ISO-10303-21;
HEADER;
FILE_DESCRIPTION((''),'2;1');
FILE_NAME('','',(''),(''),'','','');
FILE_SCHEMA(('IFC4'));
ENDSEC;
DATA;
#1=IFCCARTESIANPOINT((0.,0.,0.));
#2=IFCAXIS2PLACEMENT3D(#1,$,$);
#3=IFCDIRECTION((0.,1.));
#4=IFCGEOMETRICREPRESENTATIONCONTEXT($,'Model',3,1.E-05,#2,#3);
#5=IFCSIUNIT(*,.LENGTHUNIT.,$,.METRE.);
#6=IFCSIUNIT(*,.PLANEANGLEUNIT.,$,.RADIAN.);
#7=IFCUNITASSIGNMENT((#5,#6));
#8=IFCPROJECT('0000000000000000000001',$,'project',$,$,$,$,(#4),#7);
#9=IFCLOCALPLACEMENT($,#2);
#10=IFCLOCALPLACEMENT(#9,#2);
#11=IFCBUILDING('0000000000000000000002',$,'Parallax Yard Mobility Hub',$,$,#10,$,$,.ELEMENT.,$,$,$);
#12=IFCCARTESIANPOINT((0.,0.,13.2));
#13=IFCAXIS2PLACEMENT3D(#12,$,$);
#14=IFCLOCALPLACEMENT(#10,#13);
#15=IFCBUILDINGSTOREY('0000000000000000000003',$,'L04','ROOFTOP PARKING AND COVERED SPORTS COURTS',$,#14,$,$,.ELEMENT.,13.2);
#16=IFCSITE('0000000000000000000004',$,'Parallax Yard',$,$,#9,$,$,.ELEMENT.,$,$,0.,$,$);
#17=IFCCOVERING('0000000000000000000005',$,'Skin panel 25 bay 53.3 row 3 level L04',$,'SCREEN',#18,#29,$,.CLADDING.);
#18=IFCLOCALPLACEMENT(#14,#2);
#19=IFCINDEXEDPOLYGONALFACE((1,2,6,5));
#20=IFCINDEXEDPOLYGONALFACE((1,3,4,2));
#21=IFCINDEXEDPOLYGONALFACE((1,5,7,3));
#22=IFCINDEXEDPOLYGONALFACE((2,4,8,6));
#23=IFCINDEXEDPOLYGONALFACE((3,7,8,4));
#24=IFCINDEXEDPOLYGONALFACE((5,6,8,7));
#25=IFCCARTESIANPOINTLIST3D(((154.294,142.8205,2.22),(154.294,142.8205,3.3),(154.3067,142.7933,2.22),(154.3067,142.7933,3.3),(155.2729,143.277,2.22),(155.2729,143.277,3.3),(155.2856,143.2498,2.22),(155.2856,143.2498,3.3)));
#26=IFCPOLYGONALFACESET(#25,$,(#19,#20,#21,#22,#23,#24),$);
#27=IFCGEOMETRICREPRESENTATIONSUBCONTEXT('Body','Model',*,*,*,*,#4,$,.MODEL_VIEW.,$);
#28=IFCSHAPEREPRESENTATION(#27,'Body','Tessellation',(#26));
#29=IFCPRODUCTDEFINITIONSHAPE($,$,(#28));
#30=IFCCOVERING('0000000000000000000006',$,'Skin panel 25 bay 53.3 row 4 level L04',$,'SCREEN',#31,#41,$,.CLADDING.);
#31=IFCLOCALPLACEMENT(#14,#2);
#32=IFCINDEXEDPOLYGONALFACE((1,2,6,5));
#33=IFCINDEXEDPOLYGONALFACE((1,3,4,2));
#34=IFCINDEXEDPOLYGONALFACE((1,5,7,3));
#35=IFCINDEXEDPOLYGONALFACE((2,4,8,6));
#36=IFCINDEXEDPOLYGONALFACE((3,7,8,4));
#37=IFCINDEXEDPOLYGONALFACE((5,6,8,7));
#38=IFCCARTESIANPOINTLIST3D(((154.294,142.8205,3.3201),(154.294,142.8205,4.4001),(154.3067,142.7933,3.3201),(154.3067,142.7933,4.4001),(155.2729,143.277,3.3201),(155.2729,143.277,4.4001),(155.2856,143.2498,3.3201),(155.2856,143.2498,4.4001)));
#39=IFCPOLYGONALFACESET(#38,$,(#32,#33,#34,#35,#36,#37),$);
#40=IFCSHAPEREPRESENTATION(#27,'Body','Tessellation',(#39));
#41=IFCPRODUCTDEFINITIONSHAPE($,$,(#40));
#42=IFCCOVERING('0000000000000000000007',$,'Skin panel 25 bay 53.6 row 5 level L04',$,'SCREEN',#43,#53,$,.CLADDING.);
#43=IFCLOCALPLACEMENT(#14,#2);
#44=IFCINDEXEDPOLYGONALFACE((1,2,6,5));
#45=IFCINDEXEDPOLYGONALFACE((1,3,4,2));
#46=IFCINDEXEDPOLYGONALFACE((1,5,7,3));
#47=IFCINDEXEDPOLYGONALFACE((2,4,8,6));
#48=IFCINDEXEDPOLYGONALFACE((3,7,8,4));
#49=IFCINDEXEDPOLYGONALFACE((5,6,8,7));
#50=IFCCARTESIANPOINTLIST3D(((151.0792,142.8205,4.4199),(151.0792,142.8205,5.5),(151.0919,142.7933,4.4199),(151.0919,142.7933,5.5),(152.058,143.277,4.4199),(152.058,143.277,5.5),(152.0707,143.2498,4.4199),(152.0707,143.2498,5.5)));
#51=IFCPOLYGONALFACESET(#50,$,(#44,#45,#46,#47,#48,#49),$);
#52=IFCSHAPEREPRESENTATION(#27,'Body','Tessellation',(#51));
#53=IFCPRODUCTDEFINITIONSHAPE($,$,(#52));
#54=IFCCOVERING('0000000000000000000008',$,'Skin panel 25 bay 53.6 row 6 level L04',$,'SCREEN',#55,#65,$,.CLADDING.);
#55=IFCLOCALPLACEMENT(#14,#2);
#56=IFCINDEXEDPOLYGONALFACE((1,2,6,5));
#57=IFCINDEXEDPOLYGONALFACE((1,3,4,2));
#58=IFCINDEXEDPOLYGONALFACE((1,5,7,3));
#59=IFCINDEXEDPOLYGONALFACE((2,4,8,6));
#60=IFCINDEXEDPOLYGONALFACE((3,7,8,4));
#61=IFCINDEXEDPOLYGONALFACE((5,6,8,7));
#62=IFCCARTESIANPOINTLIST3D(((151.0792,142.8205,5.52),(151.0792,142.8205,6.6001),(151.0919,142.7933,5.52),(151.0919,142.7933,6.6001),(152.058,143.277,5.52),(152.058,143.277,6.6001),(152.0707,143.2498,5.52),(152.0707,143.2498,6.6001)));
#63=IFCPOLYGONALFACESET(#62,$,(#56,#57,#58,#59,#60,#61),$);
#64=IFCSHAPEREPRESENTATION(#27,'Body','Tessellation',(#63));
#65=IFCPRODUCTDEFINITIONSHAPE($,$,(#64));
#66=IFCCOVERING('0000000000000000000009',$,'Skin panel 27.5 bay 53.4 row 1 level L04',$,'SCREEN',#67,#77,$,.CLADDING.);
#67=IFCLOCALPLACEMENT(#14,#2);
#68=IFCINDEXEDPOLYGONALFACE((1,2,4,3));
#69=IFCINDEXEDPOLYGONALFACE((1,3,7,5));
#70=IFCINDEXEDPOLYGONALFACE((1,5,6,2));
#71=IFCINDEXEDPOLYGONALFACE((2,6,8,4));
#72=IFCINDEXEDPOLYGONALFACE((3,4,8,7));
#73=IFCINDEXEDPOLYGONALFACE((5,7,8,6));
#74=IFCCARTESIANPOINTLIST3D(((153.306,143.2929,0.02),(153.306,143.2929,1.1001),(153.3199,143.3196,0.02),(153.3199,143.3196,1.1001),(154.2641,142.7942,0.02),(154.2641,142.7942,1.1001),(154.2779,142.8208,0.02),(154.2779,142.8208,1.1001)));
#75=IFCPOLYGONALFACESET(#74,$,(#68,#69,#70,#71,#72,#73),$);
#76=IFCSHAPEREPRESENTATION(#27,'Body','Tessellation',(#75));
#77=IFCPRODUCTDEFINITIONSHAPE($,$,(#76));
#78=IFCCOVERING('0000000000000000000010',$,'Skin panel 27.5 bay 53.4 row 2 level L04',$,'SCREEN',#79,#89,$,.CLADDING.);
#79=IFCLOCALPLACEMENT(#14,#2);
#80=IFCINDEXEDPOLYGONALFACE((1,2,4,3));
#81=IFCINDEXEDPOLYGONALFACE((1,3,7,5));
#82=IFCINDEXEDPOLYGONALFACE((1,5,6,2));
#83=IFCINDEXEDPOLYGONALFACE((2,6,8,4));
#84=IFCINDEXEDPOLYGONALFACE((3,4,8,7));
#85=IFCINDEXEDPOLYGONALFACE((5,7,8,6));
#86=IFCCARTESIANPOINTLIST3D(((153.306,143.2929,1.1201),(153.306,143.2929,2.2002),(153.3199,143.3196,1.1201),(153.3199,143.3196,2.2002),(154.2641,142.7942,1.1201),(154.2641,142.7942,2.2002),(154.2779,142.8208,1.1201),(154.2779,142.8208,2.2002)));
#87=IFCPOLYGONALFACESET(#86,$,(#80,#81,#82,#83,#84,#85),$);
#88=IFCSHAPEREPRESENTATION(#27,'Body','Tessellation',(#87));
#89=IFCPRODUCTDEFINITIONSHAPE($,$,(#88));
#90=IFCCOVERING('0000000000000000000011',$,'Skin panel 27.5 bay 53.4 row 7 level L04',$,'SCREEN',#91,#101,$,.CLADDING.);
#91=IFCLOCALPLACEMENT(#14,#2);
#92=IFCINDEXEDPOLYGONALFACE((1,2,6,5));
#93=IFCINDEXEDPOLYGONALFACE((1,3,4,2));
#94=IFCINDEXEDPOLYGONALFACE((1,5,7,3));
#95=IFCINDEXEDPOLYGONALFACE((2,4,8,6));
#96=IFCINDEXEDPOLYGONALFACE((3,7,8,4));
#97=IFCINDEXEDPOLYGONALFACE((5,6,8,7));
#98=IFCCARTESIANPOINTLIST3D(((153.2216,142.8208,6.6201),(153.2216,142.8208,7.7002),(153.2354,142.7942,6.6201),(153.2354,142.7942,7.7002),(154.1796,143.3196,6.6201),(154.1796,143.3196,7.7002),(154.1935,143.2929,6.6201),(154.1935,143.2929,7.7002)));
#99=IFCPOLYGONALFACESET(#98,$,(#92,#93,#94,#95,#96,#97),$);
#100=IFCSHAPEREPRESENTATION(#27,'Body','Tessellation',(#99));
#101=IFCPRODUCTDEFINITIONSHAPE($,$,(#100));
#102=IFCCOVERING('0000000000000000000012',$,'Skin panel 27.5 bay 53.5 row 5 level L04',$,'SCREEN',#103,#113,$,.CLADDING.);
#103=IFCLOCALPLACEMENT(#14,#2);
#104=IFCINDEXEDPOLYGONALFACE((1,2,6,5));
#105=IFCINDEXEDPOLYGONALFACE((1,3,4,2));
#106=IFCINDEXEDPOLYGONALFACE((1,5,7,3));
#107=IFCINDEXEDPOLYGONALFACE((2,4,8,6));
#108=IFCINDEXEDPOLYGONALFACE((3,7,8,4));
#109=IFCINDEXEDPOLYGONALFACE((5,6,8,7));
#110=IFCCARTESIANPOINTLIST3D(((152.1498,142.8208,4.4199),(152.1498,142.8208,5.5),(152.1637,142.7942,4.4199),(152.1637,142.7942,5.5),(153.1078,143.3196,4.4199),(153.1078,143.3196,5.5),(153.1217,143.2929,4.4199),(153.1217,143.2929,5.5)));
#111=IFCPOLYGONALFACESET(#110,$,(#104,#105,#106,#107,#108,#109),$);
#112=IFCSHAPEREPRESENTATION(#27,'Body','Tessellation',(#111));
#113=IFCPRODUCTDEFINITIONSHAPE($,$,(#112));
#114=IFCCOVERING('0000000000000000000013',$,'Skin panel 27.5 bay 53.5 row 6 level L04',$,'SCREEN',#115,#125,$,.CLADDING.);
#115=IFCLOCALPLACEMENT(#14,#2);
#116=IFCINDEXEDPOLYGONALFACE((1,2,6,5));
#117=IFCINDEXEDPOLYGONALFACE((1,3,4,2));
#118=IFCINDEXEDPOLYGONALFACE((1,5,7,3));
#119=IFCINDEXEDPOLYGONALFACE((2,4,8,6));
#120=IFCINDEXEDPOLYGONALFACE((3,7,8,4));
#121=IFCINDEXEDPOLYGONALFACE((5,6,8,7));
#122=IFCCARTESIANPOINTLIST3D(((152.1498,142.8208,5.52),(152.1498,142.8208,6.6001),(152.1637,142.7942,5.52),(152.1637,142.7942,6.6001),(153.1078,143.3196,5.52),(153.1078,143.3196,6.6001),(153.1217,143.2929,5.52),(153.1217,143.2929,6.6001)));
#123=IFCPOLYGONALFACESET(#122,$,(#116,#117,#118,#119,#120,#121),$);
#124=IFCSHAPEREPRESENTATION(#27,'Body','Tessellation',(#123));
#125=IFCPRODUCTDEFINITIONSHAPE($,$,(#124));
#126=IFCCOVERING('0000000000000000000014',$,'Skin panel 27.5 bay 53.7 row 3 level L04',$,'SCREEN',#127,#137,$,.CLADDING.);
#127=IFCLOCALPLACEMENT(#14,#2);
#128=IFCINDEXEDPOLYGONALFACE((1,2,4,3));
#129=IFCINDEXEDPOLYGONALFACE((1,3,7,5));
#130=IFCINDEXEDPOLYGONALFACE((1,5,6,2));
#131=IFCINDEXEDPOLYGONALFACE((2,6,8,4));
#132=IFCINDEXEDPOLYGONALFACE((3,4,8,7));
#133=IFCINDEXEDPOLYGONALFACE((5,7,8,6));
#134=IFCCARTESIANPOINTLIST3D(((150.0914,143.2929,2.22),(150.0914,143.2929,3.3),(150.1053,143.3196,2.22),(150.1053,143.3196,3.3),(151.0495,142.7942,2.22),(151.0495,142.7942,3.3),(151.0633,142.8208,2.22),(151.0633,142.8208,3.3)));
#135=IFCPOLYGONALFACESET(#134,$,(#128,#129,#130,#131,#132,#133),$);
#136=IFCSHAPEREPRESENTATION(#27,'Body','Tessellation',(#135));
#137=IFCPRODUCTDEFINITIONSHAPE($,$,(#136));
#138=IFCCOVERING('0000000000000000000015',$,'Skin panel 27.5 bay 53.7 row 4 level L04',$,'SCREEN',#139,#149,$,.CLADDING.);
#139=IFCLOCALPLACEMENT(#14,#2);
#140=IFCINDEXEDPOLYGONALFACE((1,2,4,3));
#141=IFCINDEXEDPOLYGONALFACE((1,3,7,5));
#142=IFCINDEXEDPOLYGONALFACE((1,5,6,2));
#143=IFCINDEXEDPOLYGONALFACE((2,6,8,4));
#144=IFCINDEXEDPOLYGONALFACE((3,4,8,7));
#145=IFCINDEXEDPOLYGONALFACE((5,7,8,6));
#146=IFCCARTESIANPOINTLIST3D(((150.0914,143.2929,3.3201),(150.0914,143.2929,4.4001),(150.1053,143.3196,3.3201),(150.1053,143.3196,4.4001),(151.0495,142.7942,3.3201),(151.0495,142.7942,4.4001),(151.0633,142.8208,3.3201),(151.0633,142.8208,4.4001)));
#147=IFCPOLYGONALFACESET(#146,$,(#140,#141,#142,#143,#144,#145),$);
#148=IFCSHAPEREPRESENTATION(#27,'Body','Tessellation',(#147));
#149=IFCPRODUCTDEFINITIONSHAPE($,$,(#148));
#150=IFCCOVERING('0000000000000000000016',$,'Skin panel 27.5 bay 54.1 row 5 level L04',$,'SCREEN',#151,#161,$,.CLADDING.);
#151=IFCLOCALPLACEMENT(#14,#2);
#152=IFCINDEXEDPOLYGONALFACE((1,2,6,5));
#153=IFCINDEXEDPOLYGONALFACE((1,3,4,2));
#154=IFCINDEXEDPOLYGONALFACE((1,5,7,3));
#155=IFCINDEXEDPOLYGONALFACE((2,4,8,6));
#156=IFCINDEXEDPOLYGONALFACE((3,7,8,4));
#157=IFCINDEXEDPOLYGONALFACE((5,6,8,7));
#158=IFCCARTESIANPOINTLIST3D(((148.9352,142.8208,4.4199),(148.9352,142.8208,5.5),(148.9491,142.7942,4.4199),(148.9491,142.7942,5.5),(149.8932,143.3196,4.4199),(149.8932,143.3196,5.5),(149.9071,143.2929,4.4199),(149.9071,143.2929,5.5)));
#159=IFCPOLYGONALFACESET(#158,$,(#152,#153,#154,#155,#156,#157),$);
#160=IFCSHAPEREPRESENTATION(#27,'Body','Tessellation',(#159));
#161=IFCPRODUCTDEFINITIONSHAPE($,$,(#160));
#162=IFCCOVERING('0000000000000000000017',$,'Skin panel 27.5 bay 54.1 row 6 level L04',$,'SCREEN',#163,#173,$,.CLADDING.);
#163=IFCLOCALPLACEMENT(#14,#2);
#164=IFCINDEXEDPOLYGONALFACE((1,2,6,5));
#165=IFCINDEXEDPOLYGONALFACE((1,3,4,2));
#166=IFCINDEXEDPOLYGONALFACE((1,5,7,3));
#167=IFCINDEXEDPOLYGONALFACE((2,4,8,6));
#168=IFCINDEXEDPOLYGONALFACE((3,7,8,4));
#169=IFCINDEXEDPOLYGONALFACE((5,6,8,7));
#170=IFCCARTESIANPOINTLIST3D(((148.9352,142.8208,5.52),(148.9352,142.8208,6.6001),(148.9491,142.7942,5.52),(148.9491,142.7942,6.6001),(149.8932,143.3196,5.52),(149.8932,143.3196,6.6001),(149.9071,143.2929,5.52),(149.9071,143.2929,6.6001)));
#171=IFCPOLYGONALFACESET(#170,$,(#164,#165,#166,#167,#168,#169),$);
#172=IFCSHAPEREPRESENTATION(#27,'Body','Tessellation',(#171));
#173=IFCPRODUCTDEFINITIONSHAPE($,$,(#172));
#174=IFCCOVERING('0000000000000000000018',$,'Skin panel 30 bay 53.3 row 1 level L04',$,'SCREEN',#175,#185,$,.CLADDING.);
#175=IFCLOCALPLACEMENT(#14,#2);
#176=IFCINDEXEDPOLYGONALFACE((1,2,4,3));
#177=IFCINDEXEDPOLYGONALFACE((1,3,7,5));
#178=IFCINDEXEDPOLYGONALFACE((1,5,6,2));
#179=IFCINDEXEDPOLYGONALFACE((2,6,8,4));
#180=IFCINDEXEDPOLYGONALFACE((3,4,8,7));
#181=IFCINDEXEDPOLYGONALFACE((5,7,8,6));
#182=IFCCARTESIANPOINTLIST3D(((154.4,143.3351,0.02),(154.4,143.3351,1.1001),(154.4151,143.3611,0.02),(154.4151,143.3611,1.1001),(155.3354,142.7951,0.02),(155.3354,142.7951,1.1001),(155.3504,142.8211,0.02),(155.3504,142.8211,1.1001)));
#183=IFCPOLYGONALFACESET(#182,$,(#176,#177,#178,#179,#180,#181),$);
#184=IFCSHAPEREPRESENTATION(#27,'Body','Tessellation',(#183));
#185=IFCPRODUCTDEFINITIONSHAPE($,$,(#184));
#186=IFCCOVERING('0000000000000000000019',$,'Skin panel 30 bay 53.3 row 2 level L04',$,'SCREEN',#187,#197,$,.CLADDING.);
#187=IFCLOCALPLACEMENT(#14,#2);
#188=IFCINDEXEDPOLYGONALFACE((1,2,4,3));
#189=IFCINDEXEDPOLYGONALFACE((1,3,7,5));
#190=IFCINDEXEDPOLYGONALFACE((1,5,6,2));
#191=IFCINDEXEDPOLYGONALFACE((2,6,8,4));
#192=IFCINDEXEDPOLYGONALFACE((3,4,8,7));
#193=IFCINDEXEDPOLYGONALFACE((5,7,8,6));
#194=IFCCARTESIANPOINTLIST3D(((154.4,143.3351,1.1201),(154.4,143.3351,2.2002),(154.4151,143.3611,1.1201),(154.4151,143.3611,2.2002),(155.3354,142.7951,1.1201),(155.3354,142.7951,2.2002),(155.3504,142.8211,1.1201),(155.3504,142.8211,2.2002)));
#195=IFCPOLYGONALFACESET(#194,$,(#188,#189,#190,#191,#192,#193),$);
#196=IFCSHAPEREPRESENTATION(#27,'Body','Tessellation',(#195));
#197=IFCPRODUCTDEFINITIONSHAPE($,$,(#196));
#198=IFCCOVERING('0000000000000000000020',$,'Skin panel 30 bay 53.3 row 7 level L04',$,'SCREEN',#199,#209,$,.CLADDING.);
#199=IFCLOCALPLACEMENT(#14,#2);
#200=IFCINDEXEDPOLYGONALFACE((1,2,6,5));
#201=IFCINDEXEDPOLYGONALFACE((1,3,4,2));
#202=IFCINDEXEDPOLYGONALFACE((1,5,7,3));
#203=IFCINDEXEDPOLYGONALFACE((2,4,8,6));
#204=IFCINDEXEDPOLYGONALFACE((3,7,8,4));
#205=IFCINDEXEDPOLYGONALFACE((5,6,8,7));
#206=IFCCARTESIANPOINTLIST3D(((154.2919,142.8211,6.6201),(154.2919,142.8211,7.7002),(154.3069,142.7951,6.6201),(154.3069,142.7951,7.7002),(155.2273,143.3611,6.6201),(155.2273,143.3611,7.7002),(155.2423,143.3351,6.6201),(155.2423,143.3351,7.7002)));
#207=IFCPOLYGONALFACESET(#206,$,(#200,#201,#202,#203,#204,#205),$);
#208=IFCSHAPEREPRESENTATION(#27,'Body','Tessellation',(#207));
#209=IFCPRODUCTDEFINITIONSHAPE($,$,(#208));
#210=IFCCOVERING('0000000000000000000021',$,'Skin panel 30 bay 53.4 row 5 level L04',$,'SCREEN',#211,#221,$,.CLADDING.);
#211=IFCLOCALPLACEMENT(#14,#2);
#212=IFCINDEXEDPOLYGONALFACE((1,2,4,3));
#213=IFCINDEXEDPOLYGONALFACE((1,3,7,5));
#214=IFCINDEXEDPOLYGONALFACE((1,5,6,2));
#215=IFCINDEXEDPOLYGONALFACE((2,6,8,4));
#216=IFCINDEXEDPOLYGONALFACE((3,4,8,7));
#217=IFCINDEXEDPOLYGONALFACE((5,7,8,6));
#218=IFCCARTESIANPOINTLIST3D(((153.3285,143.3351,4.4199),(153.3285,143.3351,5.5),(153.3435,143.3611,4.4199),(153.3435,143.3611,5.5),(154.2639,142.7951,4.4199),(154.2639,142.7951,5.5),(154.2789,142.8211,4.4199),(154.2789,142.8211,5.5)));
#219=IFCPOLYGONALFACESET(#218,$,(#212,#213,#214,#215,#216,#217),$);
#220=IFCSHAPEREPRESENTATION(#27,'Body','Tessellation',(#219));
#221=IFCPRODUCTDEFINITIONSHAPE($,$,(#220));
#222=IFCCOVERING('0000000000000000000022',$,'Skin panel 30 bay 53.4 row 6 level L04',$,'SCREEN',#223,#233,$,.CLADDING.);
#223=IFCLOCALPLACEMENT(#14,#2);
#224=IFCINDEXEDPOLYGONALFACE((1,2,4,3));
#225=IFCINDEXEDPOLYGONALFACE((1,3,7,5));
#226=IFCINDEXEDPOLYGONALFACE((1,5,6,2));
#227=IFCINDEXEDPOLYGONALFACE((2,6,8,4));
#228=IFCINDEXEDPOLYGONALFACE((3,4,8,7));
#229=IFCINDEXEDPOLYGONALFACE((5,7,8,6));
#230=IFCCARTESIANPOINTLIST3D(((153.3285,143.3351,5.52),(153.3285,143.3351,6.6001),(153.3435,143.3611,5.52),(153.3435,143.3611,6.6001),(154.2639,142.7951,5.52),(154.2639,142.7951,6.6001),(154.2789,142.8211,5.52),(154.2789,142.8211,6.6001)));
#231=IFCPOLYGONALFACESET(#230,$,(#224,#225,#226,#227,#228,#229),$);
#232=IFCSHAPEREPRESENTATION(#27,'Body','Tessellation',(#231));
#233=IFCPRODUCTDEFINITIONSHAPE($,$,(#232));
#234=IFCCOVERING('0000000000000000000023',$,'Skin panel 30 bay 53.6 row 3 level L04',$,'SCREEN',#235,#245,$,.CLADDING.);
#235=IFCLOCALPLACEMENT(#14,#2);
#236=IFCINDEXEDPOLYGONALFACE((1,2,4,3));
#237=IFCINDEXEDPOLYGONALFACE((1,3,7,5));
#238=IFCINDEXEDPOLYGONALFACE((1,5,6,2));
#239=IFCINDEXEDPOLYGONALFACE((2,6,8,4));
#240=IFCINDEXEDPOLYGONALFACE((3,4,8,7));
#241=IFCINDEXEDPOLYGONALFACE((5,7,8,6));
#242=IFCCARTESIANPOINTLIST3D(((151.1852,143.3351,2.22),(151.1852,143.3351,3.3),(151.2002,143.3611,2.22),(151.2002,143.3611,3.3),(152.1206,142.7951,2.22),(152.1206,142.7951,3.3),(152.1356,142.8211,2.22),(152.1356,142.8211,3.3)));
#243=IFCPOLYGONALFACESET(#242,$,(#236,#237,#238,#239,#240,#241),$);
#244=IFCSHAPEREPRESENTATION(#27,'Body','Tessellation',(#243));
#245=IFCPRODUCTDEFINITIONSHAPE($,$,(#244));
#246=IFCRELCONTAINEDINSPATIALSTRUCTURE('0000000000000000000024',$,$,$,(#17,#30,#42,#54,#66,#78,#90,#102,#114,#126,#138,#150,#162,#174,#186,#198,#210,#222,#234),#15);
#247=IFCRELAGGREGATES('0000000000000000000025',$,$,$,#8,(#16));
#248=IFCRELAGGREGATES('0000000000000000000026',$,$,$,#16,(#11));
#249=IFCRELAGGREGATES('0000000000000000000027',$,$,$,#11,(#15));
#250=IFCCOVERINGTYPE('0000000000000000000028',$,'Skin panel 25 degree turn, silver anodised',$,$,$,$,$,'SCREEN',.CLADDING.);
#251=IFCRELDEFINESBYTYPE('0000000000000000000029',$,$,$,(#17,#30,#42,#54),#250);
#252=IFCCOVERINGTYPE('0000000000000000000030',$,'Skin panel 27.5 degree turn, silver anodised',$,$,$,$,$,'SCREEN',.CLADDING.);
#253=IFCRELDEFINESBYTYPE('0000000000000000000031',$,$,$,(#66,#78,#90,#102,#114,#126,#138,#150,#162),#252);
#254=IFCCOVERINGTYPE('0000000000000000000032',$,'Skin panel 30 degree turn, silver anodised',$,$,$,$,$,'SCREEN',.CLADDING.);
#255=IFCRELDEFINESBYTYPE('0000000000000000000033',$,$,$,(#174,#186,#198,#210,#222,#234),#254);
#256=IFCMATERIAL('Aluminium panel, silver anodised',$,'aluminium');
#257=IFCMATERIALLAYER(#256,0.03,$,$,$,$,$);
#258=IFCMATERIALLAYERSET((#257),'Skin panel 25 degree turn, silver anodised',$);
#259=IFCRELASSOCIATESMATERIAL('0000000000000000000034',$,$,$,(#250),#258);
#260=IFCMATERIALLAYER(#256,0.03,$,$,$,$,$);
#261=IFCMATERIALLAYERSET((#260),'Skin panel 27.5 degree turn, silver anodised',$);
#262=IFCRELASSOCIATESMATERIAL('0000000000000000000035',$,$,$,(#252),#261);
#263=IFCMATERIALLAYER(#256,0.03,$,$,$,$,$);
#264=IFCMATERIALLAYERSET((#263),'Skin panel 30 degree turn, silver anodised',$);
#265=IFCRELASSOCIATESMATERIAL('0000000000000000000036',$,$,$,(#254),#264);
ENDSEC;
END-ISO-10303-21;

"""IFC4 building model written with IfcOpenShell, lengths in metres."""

from ifc_helpers import new_model, si_unit, direction, frame, origin, origin_2d, place, context, subcontext, project, spatial, rectangle, extrude, material, layer, layer_set, type_object, element, save


model = new_model("IFC4")

# Units and contexts
model_context = context("Model", 3, precision=1e-05, world=origin(), true_north=direction((0.0, 1.0)))
body_context = subcontext(model_context, "Body", "Model", "MODEL_VIEW")
ifc_project = project(units=[si_unit("LENGTHUNIT", "METRE"), si_unit("PLANEANGLEUNIT", "RADIAN")], contexts=[model_context])

# Site, building, storey
site_placement = place(None, origin())
site = spatial("IfcSite", under=ifc_project, at=site_placement, Name="Parallax Yard", CompositionType="ELEMENT", RefElevation=0.0)
building_placement = place(site_placement, origin())
building = spatial("IfcBuilding", under=site, at=building_placement, Name="Parallax Yard Mobility Hub", CompositionType="ELEMENT")
storey_placement = place(building_placement, frame((0.0, 0.0, 13.2)))
storey = spatial("IfcBuildingStorey", under=building, at=storey_placement, Name="L04", Description="ROOFTOP PARKING AND COVERED SPORTS COURTS", CompositionType="ELEMENT", Elevation=13.2)

# Coverings
ifc_material = material(Name="Aluminium panel, silver anodised", Category="aluminium")
ifc_layer_1 = layer(ifc_material, 0.03)
ifc_layer_set_1 = layer_set([ifc_layer_1], Name="Skin panel 25 degree turn, silver anodised")
covering_type_1 = type_object("IfcCoveringType", Name="Skin panel 25 degree turn, silver anodised", ElementType="SCREEN", PredefinedType="CLADDING", material=ifc_layer_set_1)
for number, where, z_axis, x_axis, name in (
    (1, (154.7898, 143.0352, 2.22), (0.0, 0.0, 1.0), (0.906308, 0.422618, 0.0), "Skin panel 25 bay 53.3 row 3 level L04"),
    (2, (154.7898, 143.0352, 3.3201), (0.0, 0.0, 1.0), (0.906308, 0.422618, 0.0), "Skin panel 25 bay 53.3 row 4 level L04"),
    (3, (151.575, 143.0352, 4.4199), (0.0, 0.0, 1.0), (0.906308, 0.422618, 0.0), "Skin panel 25 bay 53.6 row 5 level L04"),
    (4, (151.575, 143.0352, 5.52), (0.0, 0.0, 1.0), (0.906308, 0.422618, 0.0), "Skin panel 25 bay 53.6 row 6 level L04"),
):
    element("IfcCovering", number, at=place(storey_placement, frame(where, z_axis=z_axis, x_axis=x_axis)), inside=storey, type_object=covering_type_1, Name=name, ObjectType="SCREEN", PredefinedType="CLADDING", context=body_context, shape_type="SweptSolid", body=[
        extrude(rectangle(XDim=1.0801, YDim=0.03, at=origin_2d()), origin(), (0.0, 0.0, 1.0), 1.0801),
    ])
ifc_layer_2 = layer(ifc_material, 0.03)
ifc_layer_set_2 = layer_set([ifc_layer_2], Name="Skin panel 27.5 degree turn, silver anodised")
covering_type_2 = type_object("IfcCoveringType", Name="Skin panel 27.5 degree turn, silver anodised", ElementType="SCREEN", PredefinedType="CLADDING", material=ifc_layer_set_2)
for number, where, z_axis, x_axis, name in (
    (5, (153.792, 143.0569, 0.02), (0.0, 0.0, 1.0), (-0.887011, 0.461749, 0.0), "Skin panel 27.5 bay 53.4 row 1 level L04"),
    (6, (153.792, 143.0569, 1.1201), (0.0, 0.0, 1.0), (-0.887011, 0.461749, 0.0), "Skin panel 27.5 bay 53.4 row 2 level L04"),
    (7, (153.7075, 143.0569, 6.6201), (0.0, 0.0, 1.0), (0.887011, 0.461749, 0.0), "Skin panel 27.5 bay 53.4 row 7 level L04"),
    (8, (152.6357, 143.0569, 4.4199), (0.0, 0.0, 1.0), (0.887011, 0.461749, 0.0), "Skin panel 27.5 bay 53.5 row 5 level L04"),
    (9, (152.6357, 143.0569, 5.52), (0.0, 0.0, 1.0), (0.887011, 0.461749, 0.0), "Skin panel 27.5 bay 53.5 row 6 level L04"),
    (10, (150.5774, 143.0569, 2.22), (0.0, 0.0, 1.0), (-0.887011, 0.461749, 0.0), "Skin panel 27.5 bay 53.7 row 3 level L04"),
    (11, (150.5774, 143.0569, 3.3201), (0.0, 0.0, 1.0), (-0.887011, 0.461749, 0.0), "Skin panel 27.5 bay 53.7 row 4 level L04"),
    (12, (149.4211, 143.0569, 4.4199), (0.0, 0.0, 1.0), (0.887011, 0.461749, 0.0), "Skin panel 27.5 bay 54.1 row 5 level L04"),
    (13, (149.4211, 143.0569, 5.52), (0.0, 0.0, 1.0), (0.887011, 0.461749, 0.0), "Skin panel 27.5 bay 54.1 row 6 level L04"),
):
    element("IfcCovering", number, at=place(storey_placement, frame(where, z_axis=z_axis, x_axis=x_axis)), inside=storey, type_object=covering_type_2, Name=name, ObjectType="SCREEN", PredefinedType="CLADDING", context=body_context, shape_type="SweptSolid", body=[
        extrude(rectangle(XDim=1.0801, YDim=0.03, at=origin_2d()), origin(), (0.0, 0.0, 1.0), 1.0801),
    ])
ifc_layer_3 = layer(ifc_material, 0.03)
ifc_layer_set_3 = layer_set([ifc_layer_3], Name="Skin panel 30 degree turn, silver anodised")
covering_type_3 = type_object("IfcCoveringType", Name="Skin panel 30 degree turn, silver anodised", ElementType="SCREEN", PredefinedType="CLADDING", material=ifc_layer_set_3)
for number, where, z_axis, x_axis, name in (
    (14, (154.8752, 143.0781, 0.02), (0.0, 0.0, 1.0), (-0.866025, 0.5, 0.0), "Skin panel 30 bay 53.3 row 1 level L04"),
    (15, (154.8752, 143.0781, 1.1201), (0.0, 0.0, 1.0), (-0.866025, 0.5, 0.0), "Skin panel 30 bay 53.3 row 2 level L04"),
    (16, (154.7671, 143.0781, 6.6201), (0.0, 0.0, 1.0), (0.866025, 0.5, 0.0), "Skin panel 30 bay 53.3 row 7 level L04"),
    (17, (153.8037, 143.0781, 4.4199), (0.0, 0.0, 1.0), (-0.866025, 0.5, 0.0), "Skin panel 30 bay 53.4 row 5 level L04"),
    (18, (153.8037, 143.0781, 5.52), (0.0, 0.0, 1.0), (-0.866025, 0.5, 0.0), "Skin panel 30 bay 53.4 row 6 level L04"),
    (19, (151.6604, 143.0781, 2.22), (0.0, 0.0, 1.0), (-0.866025, 0.5, 0.0), "Skin panel 30 bay 53.6 row 3 level L04"),
):
    element("IfcCovering", number, at=place(storey_placement, frame(where, z_axis=z_axis, x_axis=x_axis)), inside=storey, type_object=covering_type_3, Name=name, ObjectType="SCREEN", PredefinedType="CLADDING", context=body_context, shape_type="SweptSolid", body=[
        extrude(rectangle(XDim=1.0801, YDim=0.03, at=origin_2d()), origin(), (0.0, 0.0, 1.0), 1.0801),
    ])

save(model, "model.ifc")
